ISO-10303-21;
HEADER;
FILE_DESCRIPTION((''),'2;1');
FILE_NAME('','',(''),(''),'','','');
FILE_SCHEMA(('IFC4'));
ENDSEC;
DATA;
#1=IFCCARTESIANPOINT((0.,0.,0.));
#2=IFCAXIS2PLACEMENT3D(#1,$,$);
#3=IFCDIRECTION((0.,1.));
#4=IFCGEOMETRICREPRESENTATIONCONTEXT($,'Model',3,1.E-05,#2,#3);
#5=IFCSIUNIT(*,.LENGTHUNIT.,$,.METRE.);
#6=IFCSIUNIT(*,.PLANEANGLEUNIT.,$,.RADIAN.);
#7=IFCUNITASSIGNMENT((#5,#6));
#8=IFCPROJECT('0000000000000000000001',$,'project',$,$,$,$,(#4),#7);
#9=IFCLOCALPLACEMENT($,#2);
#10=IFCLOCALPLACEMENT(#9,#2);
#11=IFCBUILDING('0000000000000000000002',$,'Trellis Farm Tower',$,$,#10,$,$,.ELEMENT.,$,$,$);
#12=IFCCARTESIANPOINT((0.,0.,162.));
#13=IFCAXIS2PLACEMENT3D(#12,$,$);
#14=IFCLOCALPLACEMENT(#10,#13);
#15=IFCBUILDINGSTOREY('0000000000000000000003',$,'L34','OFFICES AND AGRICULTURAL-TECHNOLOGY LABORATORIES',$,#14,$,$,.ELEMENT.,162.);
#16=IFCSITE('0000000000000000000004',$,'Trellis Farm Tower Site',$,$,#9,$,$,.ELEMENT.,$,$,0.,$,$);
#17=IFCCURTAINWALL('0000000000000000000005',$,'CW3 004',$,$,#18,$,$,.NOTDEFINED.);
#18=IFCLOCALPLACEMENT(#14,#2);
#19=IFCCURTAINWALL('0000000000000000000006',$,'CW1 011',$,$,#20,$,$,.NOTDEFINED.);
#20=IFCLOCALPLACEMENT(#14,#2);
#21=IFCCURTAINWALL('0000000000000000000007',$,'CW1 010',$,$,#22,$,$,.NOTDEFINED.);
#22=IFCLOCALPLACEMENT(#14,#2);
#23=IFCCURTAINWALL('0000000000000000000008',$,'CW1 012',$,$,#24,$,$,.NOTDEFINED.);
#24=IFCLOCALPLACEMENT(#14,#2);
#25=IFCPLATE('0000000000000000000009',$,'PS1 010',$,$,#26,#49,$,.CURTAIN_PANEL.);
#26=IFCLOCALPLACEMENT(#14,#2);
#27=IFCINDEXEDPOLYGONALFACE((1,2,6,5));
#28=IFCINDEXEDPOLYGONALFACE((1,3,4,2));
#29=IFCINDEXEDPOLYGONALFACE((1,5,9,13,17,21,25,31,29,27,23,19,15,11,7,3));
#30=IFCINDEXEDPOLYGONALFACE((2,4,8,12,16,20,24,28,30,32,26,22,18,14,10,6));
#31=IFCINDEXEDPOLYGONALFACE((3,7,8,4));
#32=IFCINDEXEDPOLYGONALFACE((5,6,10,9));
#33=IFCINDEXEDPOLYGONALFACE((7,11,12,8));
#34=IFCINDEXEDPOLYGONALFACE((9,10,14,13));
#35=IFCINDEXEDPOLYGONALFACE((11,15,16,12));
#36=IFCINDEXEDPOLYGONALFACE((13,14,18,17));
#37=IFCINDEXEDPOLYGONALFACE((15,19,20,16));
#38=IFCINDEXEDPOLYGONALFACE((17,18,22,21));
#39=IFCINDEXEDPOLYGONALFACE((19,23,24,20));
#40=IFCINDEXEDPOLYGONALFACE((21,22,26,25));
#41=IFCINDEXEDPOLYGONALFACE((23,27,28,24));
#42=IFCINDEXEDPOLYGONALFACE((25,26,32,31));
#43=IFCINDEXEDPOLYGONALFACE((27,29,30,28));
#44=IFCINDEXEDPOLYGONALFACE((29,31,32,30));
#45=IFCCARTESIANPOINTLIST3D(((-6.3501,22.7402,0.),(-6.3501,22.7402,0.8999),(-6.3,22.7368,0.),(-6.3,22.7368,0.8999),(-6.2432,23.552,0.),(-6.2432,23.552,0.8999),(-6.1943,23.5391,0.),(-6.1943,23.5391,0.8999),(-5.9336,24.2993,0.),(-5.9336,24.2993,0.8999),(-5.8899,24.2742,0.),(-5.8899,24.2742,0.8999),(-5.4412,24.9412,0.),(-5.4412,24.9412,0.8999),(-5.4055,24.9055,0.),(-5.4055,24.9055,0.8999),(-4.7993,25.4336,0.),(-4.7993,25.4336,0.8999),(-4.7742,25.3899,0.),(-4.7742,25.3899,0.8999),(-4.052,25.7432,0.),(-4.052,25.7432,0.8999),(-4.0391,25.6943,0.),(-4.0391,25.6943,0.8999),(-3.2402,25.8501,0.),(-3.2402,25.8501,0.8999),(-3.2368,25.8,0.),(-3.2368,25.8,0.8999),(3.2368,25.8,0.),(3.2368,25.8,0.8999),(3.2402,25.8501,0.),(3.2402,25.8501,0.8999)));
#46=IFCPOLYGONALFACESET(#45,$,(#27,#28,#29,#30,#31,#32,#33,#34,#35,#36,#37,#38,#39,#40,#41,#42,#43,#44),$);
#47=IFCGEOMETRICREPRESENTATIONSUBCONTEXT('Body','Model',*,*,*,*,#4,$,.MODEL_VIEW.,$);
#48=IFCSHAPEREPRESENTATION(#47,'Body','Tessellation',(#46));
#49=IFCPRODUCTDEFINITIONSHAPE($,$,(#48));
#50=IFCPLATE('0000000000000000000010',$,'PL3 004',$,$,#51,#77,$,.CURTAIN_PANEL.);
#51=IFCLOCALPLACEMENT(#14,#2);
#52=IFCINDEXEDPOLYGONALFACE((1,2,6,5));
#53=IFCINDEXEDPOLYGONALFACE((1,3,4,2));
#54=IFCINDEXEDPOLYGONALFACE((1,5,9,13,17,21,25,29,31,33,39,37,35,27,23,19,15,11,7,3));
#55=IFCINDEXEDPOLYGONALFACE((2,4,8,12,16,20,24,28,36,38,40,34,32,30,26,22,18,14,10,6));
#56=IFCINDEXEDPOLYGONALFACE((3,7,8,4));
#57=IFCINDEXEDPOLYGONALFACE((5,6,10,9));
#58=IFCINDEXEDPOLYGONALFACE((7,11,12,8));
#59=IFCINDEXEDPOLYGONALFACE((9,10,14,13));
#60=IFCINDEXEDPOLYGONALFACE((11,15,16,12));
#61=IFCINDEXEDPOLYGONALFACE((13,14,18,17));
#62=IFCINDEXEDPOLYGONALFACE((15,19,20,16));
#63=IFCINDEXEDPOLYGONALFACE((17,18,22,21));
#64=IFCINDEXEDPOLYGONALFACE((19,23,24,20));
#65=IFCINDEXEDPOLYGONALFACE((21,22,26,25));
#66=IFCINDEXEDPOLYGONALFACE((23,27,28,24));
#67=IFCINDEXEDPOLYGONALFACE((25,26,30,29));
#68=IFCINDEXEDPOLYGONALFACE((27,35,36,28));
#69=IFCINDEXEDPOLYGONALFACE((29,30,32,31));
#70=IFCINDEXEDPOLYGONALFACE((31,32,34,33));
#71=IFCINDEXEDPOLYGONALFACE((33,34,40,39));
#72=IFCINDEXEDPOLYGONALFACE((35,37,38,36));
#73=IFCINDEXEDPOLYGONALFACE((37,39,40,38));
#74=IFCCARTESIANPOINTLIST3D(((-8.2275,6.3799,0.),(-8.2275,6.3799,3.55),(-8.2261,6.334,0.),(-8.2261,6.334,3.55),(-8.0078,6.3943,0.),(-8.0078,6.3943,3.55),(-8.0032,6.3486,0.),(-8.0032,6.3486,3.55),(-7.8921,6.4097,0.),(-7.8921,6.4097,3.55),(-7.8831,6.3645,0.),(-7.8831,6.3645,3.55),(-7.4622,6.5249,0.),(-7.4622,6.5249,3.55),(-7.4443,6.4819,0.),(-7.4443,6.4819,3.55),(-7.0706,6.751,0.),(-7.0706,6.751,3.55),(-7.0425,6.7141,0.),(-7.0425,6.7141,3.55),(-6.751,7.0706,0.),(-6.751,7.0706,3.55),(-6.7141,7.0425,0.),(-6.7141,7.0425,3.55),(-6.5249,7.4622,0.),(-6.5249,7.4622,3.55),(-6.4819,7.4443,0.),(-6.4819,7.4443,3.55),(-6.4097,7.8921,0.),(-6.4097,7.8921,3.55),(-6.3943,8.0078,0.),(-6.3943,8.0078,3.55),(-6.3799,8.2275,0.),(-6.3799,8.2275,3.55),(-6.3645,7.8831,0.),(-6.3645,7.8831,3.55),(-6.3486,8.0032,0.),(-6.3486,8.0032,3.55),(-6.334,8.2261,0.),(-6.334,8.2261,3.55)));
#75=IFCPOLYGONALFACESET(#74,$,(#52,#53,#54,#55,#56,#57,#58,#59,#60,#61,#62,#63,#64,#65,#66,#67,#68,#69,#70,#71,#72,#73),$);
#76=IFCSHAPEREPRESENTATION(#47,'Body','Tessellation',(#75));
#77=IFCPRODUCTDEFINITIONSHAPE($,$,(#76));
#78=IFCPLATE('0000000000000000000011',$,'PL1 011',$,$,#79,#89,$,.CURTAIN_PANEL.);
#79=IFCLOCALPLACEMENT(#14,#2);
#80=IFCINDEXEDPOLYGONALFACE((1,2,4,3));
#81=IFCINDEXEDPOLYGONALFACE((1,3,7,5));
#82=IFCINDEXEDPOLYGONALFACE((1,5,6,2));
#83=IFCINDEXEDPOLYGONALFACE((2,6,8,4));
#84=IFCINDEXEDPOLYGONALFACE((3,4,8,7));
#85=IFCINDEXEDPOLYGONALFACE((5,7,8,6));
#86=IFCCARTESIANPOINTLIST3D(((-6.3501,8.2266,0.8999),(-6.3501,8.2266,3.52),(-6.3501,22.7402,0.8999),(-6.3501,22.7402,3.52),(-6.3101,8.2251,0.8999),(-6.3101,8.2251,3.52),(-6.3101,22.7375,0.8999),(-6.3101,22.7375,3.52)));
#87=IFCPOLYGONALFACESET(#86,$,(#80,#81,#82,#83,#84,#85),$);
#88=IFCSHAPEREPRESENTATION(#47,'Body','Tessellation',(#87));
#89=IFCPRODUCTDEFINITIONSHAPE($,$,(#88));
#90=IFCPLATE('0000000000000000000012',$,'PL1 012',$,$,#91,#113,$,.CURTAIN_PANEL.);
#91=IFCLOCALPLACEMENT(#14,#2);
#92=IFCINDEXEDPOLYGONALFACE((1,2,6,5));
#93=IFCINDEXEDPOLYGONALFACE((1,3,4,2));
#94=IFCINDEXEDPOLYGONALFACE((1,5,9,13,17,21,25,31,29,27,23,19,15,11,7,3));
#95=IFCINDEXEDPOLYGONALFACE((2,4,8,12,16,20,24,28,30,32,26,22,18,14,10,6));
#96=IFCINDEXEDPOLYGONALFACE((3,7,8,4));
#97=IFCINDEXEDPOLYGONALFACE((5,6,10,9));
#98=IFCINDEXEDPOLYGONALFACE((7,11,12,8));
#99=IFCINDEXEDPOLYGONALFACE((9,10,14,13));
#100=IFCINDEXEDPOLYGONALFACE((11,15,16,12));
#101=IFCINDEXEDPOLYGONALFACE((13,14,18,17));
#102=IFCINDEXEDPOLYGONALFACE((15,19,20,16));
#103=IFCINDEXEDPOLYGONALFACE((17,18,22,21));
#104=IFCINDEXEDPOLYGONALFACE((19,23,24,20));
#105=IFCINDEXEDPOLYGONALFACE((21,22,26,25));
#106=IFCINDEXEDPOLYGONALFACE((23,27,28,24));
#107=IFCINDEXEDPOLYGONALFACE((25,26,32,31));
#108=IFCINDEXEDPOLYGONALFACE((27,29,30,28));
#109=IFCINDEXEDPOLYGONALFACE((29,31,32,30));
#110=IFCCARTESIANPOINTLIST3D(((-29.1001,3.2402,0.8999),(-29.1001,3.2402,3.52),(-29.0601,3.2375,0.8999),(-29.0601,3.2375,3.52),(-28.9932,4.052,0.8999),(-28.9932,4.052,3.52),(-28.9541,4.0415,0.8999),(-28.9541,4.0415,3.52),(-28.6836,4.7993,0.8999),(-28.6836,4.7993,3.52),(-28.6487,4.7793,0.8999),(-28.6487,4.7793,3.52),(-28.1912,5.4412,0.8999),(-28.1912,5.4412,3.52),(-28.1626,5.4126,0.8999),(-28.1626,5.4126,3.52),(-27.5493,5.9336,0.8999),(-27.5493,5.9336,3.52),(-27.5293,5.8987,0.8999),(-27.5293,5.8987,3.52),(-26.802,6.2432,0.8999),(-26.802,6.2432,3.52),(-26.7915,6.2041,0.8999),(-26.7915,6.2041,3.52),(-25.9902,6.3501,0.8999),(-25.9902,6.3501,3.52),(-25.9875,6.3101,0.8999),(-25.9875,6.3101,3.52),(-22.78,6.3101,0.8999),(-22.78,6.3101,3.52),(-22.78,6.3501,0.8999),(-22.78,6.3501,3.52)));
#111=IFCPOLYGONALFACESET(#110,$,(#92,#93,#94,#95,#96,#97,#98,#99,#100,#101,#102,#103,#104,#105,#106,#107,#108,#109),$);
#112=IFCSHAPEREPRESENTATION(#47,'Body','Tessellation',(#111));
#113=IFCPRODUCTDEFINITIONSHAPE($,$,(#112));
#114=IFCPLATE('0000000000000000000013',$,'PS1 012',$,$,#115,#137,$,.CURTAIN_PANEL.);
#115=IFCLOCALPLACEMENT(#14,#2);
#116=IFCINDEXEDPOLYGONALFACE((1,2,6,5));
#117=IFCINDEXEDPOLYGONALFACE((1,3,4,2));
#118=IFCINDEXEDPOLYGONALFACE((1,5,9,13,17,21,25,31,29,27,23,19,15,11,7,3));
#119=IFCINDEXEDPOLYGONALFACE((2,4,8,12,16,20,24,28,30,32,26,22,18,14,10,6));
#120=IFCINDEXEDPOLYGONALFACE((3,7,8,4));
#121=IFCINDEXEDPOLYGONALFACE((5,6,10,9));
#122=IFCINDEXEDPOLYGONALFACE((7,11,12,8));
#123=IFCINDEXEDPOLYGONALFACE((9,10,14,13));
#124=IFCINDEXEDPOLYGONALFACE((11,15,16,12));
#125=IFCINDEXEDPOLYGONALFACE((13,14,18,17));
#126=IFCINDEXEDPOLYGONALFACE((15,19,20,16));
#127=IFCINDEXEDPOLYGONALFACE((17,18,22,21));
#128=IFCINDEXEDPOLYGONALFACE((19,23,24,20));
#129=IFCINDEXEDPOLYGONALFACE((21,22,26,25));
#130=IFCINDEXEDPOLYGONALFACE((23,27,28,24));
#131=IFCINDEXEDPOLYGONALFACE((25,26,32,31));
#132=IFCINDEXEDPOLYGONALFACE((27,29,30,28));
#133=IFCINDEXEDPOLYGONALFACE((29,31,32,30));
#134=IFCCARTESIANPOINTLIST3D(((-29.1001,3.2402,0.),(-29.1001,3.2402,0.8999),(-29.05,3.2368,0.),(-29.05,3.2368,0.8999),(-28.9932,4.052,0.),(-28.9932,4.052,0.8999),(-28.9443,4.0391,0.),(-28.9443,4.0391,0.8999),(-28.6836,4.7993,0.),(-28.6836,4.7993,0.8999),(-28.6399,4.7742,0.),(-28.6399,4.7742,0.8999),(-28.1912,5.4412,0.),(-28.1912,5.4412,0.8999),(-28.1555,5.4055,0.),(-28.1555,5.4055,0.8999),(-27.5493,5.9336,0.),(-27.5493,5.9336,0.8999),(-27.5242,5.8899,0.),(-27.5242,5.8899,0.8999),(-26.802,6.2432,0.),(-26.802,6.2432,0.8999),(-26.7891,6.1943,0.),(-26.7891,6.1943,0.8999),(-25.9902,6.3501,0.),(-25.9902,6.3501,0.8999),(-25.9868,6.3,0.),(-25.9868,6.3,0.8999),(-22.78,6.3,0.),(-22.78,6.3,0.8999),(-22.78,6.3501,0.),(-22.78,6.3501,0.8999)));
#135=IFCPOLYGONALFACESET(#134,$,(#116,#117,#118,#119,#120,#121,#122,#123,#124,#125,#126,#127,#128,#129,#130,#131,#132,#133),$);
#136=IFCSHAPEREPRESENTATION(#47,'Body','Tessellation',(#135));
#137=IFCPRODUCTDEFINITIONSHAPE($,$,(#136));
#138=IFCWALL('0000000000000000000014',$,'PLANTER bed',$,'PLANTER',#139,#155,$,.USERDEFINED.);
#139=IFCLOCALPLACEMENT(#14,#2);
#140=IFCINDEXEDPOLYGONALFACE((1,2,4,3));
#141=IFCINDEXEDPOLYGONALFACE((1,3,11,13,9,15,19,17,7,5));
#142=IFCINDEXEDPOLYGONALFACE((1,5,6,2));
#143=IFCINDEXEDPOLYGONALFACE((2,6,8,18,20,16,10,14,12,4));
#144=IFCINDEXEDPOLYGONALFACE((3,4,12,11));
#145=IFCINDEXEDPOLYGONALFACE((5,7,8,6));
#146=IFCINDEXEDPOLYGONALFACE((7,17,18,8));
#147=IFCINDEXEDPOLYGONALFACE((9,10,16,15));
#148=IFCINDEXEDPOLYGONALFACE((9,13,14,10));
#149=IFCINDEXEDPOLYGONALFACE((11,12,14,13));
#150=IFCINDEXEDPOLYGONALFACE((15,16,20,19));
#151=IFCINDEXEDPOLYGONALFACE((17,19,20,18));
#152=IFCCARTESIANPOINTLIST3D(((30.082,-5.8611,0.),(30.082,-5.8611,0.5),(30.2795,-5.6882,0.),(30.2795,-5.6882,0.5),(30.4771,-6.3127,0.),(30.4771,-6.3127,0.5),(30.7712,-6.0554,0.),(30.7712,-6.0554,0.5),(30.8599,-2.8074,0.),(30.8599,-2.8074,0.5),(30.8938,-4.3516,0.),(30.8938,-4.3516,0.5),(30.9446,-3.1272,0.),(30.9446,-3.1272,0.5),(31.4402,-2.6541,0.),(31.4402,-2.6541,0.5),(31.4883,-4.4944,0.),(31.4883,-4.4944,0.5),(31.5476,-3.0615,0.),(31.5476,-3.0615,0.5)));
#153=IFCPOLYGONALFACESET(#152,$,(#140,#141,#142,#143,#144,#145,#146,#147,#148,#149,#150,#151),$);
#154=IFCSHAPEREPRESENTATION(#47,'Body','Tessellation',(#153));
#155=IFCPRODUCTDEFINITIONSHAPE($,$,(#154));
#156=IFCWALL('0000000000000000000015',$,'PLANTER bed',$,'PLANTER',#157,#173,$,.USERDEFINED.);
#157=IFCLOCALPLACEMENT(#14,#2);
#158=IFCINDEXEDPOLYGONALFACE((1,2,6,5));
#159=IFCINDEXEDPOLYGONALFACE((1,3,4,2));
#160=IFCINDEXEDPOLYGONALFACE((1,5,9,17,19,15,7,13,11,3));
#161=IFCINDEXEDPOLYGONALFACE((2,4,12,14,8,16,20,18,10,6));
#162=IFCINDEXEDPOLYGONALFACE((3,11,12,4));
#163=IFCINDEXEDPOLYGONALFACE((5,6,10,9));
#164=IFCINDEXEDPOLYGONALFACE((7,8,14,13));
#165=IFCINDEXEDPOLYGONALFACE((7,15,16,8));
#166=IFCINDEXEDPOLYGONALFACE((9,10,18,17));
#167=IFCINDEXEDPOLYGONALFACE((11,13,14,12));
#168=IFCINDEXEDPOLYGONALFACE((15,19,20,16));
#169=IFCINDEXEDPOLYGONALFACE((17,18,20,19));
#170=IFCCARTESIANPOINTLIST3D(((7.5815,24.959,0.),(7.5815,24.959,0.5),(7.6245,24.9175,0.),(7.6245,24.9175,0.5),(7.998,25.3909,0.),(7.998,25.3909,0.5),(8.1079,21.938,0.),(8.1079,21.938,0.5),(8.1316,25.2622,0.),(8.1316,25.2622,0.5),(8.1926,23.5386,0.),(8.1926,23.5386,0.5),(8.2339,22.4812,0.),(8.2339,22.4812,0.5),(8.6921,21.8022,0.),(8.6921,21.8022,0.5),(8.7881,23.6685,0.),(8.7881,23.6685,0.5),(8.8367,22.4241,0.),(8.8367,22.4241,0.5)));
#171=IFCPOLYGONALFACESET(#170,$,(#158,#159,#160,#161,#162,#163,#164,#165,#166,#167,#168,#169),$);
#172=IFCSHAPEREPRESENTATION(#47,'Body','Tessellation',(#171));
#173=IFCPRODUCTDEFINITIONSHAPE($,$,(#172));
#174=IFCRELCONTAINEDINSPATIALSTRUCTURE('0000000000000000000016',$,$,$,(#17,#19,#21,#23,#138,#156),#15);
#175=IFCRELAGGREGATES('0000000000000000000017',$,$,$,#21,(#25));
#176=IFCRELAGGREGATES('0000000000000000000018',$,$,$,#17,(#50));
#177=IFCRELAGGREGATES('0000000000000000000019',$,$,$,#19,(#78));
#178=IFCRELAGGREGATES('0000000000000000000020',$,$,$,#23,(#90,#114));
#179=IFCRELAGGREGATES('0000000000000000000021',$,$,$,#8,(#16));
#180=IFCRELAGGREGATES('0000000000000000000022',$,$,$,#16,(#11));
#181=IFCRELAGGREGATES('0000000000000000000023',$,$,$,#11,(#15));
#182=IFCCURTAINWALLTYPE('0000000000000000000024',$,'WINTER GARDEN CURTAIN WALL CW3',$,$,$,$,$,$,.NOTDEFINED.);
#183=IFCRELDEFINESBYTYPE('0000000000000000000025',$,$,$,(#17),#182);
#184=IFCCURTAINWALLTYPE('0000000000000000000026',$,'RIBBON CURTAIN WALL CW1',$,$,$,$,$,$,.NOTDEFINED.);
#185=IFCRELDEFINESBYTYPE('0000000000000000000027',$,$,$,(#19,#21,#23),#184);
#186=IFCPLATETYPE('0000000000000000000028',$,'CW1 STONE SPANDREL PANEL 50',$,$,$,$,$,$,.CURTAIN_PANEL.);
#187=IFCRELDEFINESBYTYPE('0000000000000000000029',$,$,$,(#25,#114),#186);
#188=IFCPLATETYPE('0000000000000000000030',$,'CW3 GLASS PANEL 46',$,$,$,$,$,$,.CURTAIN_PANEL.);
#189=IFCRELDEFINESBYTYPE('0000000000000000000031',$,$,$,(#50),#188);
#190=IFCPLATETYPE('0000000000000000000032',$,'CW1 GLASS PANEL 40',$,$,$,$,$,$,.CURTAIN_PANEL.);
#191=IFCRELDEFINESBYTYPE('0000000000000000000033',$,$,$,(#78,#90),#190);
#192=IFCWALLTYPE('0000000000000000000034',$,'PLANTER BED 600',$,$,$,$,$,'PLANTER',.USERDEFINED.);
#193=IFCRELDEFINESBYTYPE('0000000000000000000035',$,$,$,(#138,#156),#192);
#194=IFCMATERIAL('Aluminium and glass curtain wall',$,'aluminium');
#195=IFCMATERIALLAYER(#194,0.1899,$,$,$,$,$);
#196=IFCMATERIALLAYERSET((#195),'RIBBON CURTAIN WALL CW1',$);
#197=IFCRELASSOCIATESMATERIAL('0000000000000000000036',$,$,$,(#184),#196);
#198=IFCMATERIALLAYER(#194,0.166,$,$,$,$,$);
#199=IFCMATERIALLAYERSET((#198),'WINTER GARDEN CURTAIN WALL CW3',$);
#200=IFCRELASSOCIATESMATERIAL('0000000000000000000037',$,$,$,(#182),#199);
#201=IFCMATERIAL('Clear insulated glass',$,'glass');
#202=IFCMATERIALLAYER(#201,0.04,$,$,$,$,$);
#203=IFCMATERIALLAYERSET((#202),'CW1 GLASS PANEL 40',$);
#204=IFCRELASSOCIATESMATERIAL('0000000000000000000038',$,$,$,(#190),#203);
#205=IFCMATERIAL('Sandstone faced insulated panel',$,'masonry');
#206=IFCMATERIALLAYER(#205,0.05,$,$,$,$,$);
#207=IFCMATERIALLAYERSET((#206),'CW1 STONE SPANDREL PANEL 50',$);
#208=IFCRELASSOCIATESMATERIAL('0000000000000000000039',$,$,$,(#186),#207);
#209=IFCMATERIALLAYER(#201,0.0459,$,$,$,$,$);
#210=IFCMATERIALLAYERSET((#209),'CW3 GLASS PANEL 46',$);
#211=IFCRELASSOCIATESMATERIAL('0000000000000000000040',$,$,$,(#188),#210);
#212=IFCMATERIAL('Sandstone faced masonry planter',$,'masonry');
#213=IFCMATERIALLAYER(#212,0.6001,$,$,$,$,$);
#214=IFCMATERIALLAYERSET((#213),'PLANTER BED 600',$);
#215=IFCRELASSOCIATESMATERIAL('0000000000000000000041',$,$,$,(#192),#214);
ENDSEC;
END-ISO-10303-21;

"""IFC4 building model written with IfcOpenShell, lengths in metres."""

from ifc_helpers import new_model, si_unit, direction, frame, origin, place, context, subcontext, project, spatial, polyline, outline, extrude, source, transform, mapped, material, layer, layer_set, type_object, element, aggregate, save


model = new_model("IFC4")

# Units and contexts
model_context = context("Model", 3, precision=1e-05, world=origin(), true_north=direction((0.0, 1.0)))
body_context = subcontext(model_context, "Body", "Model", "MODEL_VIEW")
ifc_project = project(units=[si_unit("LENGTHUNIT", "METRE"), si_unit("PLANEANGLEUNIT", "RADIAN")], contexts=[model_context])

# Site, building, storey
site_placement = place(None, origin())
site = spatial("IfcSite", under=ifc_project, at=site_placement, Name="Trellis Farm Tower Site", CompositionType="ELEMENT", RefElevation=0.0)
building_placement = place(site_placement, origin())
building = spatial("IfcBuilding", under=site, at=building_placement, Name="Trellis Farm Tower", CompositionType="ELEMENT")
storey_placement = place(building_placement, frame((0.0, 0.0, 162.0)))
storey = spatial("IfcBuildingStorey", under=building, at=storey_placement, Name="L34", Description="OFFICES AND AGRICULTURAL-TECHNOLOGY LABORATORIES", CompositionType="ELEMENT", Elevation=162.0)

# Shared definitions
ifc_material_1 = material(Name="Aluminium and glass curtain wall", Category="aluminium")
ifc_layer_1 = layer(ifc_material_1, 0.1899)
ifc_layer_set_1 = layer_set([ifc_layer_1], Name="RIBBON CURTAIN WALL CW1")
curtain_wall_type_1 = type_object("IfcCurtainWallType", Name="RIBBON CURTAIN WALL CW1", PredefinedType="NOTDEFINED", material=ifc_layer_set_1)
placement_1 = place(storey_placement, origin())

# Curtain walls
ifc_layer_2 = layer(ifc_material_1, 0.166)
ifc_layer_set_2 = layer_set([ifc_layer_2], Name="WINTER GARDEN CURTAIN WALL CW3")
curtain_wall_type_2 = type_object("IfcCurtainWallType", Name="WINTER GARDEN CURTAIN WALL CW3", PredefinedType="NOTDEFINED", material=ifc_layer_set_2)
curtain_wall_1 = element("IfcCurtainWall", 1, at=placement_1, inside=storey, type_object=curtain_wall_type_2, Name="CW3 004", PredefinedType="NOTDEFINED")
curtain_wall_2 = element("IfcCurtainWall", 2, at=placement_1, inside=storey, type_object=curtain_wall_type_1, Name="CW1 011", PredefinedType="NOTDEFINED")

# Curtain wall
curtain_wall_3 = element("IfcCurtainWall", 3, at=placement_1, inside=storey, type_object=curtain_wall_type_1, Name="CW1 010", PredefinedType="NOTDEFINED")

# Curtain wall
curtain_wall_4 = element("IfcCurtainWall", 4, at=placement_1, inside=storey, type_object=curtain_wall_type_1, Name="CW1 012", PredefinedType="NOTDEFINED")

# Plates
ifc_material_2 = material(Name="Clear insulated glass", Category="glass")
ifc_layer_3 = layer(ifc_material_2, 0.04)
ifc_layer_set_3 = layer_set([ifc_layer_3], Name="CW1 GLASS PANEL 40")
plate_type_1 = type_object("IfcPlateType", Name="CW1 GLASS PANEL 40", PredefinedType="CURTAIN_PANEL", material=ifc_layer_set_3)
placement_2 = place(storey_placement, frame((0.0, 0.0, 0.8999)))
ifc_material_3 = material(Name="Sandstone faced insulated panel", Category="masonry")
ifc_layer_4 = layer(ifc_material_3, 0.05)
ifc_layer_set_4 = layer_set([ifc_layer_4], Name="CW1 STONE SPANDREL PANEL 50")
plate_type_2 = type_object("IfcPlateType", Name="CW1 STONE SPANDREL PANEL 50", PredefinedType="CURTAIN_PANEL", material=ifc_layer_set_4)
shared_shape_1 = source(origin(), body_context, "Body", "SweptSolid", [
    extrude(outline(polyline([(3.2402, 25.8501), (-3.2402, 25.8501), (-4.052, 25.7432), (-4.7993, 25.4336), (-5.4412, 24.9412), (-5.9336, 24.2993), (-6.2432, 23.552), (-6.3501, 22.7402), (-6.3, 22.7368), (-6.1943, 23.5391), (-5.8899, 24.2742), (-5.4055, 24.9055), (-4.7742, 25.3899), (-4.0391, 25.6943), (-3.2368, 25.8), (3.2368, 25.8), (3.2402, 25.8501)])), origin(), (0.0, 0.0, 1.0), 0.8999),
])
plate_1 = element("IfcPlate", 5, at=placement_1, type_object=plate_type_2, Name="PS1 010", PredefinedType="CURTAIN_PANEL", context=body_context, shape_type="MappedRepresentation", body=[
    mapped(shared_shape_1, transform((0.0, 0.0, 0.0))),
])
aggregate(curtain_wall_3, [plate_1])
ifc_layer_5 = layer(ifc_material_2, 0.0459)
ifc_layer_set_5 = layer_set([ifc_layer_5], Name="CW3 GLASS PANEL 46")
plate_type_3 = type_object("IfcPlateType", Name="CW3 GLASS PANEL 46", PredefinedType="CURTAIN_PANEL", material=ifc_layer_set_5)
shared_shape_2 = source(origin(), body_context, "Body", "SweptSolid", [
    extrude(outline(polyline([(-6.3799, 8.2275), (-6.3943, 8.0078), (-6.4097, 7.8921), (-6.5249, 7.4622), (-6.751, 7.0706), (-7.0706, 6.751), (-7.4622, 6.5249), (-7.8921, 6.4097), (-8.0078, 6.3943), (-8.2275, 6.3799), (-8.2261, 6.334), (-8.0032, 6.3486), (-7.8831, 6.3645), (-7.4443, 6.4819), (-7.0425, 6.7141), (-6.7141, 7.0425), (-6.4819, 7.4443), (-6.3645, 7.8831), (-6.3486, 8.0032), (-6.334, 8.2261), (-6.3799, 8.2275)])), origin(), (0.0, 0.0, 1.0), 3.55),
])
plate_2 = element("IfcPlate", 6, at=placement_1, type_object=plate_type_3, Name="PL3 004", PredefinedType="CURTAIN_PANEL", context=body_context, shape_type="MappedRepresentation", body=[
    mapped(shared_shape_2, transform((0.0, 0.0, 0.0))),
])
aggregate(curtain_wall_1, [plate_2])
shared_shape_3 = source(origin(), body_context, "Body", "SweptSolid", [
    extrude(outline(polyline([(-6.3501, 22.7402), (-6.3501, 8.2266), (-6.3101, 8.2251), (-6.3101, 22.7375), (-6.3501, 22.7402)])), origin(), (0.0, 0.0, 1.0), 2.6201),
])
plate_3 = element("IfcPlate", 7, at=placement_2, type_object=plate_type_1, Name="PL1 011", PredefinedType="CURTAIN_PANEL", context=body_context, shape_type="MappedRepresentation", body=[
    mapped(shared_shape_3, transform((0.0, 0.0, 0.0))),
])
aggregate(curtain_wall_2, [plate_3])
shared_shape_4 = source(origin(), body_context, "Body", "SweptSolid", [
    extrude(outline(polyline([(-22.78, 6.3501), (-25.9902, 6.3501), (-26.802, 6.2432), (-27.5493, 5.9336), (-28.1912, 5.4412), (-28.6836, 4.7993), (-28.9932, 4.052), (-29.1001, 3.2402), (-29.0601, 3.2375), (-28.9541, 4.0415), (-28.6487, 4.7793), (-28.1626, 5.4126), (-27.5293, 5.8987), (-26.7915, 6.2041), (-25.9875, 6.3101), (-22.78, 6.3101), (-22.78, 6.3501)])), origin(), (0.0, 0.0, 1.0), 2.6201),
])
plate_4 = element("IfcPlate", 8, at=placement_2, type_object=plate_type_1, Name="PL1 012", PredefinedType="CURTAIN_PANEL", context=body_context, shape_type="MappedRepresentation", body=[
    mapped(shared_shape_4, transform((0.0, 0.0, 0.0))),
])
shared_shape_5 = source(origin(), body_context, "Body", "SweptSolid", [
    extrude(outline(polyline([(-22.78, 6.3501), (-25.9902, 6.3501), (-26.802, 6.2432), (-27.5493, 5.9336), (-28.1912, 5.4412), (-28.6836, 4.7993), (-28.9932, 4.052), (-29.1001, 3.2402), (-29.05, 3.2368), (-28.9443, 4.0391), (-28.6399, 4.7742), (-28.1555, 5.4055), (-27.5242, 5.8899), (-26.7891, 6.1943), (-25.9868, 6.3), (-22.78, 6.3), (-22.78, 6.3501)])), origin(), (0.0, 0.0, 1.0), 0.8999),
])
plate_5 = element("IfcPlate", 9, at=placement_1, type_object=plate_type_2, Name="PS1 012", PredefinedType="CURTAIN_PANEL", context=body_context, shape_type="MappedRepresentation", body=[
    mapped(shared_shape_5, transform((0.0, 0.0, 0.0))),
])
aggregate(curtain_wall_4, [plate_4, plate_5])

# Walls
ifc_material_4 = material(Name="Sandstone faced masonry planter", Category="masonry")
ifc_layer_6 = layer(ifc_material_4, 0.6001)
ifc_layer_set_6 = layer_set([ifc_layer_6], Name="PLANTER BED 600")
wall_type_1 = type_object("IfcWallType", Name="PLANTER BED 600", ElementType="PLANTER", PredefinedType="USERDEFINED", material=ifc_layer_set_6)
element("IfcWall", 10, at=placement_1, inside=storey, type_object=wall_type_1, Name="PLANTER bed", ObjectType="PLANTER", PredefinedType="USERDEFINED", context=body_context, shape_type="SweptSolid", body=[
    extrude(outline(polyline([(31.5476, -3.0615), (31.4883, -4.4944), (30.7712, -6.0554), (30.4771, -6.3127), (30.082, -5.8611), (30.2795, -5.6882), (30.8938, -4.3516), (30.9446, -3.1272), (30.8599, -2.8074), (31.4402, -2.6541), (31.5476, -3.0615)])), origin(), (0.0, 0.0, 1.0), 0.5),
])
element("IfcWall", 11, at=placement_1, inside=storey, type_object=wall_type_1, Name="PLANTER bed", ObjectType="PLANTER", PredefinedType="USERDEFINED", context=body_context, shape_type="SweptSolid", body=[
    extrude(outline(polyline([(8.7881, 23.6685), (8.8367, 22.4241), (8.6921, 21.8022), (8.1079, 21.938), (8.2339, 22.4812), (8.1926, 23.5386), (7.6245, 24.9175), (7.5815, 24.959), (7.998, 25.3909), (8.1316, 25.2622), (8.7881, 23.6685)])), origin(), (0.0, 0.0, 1.0), 0.5),
])

save(model, "model.ifc")
